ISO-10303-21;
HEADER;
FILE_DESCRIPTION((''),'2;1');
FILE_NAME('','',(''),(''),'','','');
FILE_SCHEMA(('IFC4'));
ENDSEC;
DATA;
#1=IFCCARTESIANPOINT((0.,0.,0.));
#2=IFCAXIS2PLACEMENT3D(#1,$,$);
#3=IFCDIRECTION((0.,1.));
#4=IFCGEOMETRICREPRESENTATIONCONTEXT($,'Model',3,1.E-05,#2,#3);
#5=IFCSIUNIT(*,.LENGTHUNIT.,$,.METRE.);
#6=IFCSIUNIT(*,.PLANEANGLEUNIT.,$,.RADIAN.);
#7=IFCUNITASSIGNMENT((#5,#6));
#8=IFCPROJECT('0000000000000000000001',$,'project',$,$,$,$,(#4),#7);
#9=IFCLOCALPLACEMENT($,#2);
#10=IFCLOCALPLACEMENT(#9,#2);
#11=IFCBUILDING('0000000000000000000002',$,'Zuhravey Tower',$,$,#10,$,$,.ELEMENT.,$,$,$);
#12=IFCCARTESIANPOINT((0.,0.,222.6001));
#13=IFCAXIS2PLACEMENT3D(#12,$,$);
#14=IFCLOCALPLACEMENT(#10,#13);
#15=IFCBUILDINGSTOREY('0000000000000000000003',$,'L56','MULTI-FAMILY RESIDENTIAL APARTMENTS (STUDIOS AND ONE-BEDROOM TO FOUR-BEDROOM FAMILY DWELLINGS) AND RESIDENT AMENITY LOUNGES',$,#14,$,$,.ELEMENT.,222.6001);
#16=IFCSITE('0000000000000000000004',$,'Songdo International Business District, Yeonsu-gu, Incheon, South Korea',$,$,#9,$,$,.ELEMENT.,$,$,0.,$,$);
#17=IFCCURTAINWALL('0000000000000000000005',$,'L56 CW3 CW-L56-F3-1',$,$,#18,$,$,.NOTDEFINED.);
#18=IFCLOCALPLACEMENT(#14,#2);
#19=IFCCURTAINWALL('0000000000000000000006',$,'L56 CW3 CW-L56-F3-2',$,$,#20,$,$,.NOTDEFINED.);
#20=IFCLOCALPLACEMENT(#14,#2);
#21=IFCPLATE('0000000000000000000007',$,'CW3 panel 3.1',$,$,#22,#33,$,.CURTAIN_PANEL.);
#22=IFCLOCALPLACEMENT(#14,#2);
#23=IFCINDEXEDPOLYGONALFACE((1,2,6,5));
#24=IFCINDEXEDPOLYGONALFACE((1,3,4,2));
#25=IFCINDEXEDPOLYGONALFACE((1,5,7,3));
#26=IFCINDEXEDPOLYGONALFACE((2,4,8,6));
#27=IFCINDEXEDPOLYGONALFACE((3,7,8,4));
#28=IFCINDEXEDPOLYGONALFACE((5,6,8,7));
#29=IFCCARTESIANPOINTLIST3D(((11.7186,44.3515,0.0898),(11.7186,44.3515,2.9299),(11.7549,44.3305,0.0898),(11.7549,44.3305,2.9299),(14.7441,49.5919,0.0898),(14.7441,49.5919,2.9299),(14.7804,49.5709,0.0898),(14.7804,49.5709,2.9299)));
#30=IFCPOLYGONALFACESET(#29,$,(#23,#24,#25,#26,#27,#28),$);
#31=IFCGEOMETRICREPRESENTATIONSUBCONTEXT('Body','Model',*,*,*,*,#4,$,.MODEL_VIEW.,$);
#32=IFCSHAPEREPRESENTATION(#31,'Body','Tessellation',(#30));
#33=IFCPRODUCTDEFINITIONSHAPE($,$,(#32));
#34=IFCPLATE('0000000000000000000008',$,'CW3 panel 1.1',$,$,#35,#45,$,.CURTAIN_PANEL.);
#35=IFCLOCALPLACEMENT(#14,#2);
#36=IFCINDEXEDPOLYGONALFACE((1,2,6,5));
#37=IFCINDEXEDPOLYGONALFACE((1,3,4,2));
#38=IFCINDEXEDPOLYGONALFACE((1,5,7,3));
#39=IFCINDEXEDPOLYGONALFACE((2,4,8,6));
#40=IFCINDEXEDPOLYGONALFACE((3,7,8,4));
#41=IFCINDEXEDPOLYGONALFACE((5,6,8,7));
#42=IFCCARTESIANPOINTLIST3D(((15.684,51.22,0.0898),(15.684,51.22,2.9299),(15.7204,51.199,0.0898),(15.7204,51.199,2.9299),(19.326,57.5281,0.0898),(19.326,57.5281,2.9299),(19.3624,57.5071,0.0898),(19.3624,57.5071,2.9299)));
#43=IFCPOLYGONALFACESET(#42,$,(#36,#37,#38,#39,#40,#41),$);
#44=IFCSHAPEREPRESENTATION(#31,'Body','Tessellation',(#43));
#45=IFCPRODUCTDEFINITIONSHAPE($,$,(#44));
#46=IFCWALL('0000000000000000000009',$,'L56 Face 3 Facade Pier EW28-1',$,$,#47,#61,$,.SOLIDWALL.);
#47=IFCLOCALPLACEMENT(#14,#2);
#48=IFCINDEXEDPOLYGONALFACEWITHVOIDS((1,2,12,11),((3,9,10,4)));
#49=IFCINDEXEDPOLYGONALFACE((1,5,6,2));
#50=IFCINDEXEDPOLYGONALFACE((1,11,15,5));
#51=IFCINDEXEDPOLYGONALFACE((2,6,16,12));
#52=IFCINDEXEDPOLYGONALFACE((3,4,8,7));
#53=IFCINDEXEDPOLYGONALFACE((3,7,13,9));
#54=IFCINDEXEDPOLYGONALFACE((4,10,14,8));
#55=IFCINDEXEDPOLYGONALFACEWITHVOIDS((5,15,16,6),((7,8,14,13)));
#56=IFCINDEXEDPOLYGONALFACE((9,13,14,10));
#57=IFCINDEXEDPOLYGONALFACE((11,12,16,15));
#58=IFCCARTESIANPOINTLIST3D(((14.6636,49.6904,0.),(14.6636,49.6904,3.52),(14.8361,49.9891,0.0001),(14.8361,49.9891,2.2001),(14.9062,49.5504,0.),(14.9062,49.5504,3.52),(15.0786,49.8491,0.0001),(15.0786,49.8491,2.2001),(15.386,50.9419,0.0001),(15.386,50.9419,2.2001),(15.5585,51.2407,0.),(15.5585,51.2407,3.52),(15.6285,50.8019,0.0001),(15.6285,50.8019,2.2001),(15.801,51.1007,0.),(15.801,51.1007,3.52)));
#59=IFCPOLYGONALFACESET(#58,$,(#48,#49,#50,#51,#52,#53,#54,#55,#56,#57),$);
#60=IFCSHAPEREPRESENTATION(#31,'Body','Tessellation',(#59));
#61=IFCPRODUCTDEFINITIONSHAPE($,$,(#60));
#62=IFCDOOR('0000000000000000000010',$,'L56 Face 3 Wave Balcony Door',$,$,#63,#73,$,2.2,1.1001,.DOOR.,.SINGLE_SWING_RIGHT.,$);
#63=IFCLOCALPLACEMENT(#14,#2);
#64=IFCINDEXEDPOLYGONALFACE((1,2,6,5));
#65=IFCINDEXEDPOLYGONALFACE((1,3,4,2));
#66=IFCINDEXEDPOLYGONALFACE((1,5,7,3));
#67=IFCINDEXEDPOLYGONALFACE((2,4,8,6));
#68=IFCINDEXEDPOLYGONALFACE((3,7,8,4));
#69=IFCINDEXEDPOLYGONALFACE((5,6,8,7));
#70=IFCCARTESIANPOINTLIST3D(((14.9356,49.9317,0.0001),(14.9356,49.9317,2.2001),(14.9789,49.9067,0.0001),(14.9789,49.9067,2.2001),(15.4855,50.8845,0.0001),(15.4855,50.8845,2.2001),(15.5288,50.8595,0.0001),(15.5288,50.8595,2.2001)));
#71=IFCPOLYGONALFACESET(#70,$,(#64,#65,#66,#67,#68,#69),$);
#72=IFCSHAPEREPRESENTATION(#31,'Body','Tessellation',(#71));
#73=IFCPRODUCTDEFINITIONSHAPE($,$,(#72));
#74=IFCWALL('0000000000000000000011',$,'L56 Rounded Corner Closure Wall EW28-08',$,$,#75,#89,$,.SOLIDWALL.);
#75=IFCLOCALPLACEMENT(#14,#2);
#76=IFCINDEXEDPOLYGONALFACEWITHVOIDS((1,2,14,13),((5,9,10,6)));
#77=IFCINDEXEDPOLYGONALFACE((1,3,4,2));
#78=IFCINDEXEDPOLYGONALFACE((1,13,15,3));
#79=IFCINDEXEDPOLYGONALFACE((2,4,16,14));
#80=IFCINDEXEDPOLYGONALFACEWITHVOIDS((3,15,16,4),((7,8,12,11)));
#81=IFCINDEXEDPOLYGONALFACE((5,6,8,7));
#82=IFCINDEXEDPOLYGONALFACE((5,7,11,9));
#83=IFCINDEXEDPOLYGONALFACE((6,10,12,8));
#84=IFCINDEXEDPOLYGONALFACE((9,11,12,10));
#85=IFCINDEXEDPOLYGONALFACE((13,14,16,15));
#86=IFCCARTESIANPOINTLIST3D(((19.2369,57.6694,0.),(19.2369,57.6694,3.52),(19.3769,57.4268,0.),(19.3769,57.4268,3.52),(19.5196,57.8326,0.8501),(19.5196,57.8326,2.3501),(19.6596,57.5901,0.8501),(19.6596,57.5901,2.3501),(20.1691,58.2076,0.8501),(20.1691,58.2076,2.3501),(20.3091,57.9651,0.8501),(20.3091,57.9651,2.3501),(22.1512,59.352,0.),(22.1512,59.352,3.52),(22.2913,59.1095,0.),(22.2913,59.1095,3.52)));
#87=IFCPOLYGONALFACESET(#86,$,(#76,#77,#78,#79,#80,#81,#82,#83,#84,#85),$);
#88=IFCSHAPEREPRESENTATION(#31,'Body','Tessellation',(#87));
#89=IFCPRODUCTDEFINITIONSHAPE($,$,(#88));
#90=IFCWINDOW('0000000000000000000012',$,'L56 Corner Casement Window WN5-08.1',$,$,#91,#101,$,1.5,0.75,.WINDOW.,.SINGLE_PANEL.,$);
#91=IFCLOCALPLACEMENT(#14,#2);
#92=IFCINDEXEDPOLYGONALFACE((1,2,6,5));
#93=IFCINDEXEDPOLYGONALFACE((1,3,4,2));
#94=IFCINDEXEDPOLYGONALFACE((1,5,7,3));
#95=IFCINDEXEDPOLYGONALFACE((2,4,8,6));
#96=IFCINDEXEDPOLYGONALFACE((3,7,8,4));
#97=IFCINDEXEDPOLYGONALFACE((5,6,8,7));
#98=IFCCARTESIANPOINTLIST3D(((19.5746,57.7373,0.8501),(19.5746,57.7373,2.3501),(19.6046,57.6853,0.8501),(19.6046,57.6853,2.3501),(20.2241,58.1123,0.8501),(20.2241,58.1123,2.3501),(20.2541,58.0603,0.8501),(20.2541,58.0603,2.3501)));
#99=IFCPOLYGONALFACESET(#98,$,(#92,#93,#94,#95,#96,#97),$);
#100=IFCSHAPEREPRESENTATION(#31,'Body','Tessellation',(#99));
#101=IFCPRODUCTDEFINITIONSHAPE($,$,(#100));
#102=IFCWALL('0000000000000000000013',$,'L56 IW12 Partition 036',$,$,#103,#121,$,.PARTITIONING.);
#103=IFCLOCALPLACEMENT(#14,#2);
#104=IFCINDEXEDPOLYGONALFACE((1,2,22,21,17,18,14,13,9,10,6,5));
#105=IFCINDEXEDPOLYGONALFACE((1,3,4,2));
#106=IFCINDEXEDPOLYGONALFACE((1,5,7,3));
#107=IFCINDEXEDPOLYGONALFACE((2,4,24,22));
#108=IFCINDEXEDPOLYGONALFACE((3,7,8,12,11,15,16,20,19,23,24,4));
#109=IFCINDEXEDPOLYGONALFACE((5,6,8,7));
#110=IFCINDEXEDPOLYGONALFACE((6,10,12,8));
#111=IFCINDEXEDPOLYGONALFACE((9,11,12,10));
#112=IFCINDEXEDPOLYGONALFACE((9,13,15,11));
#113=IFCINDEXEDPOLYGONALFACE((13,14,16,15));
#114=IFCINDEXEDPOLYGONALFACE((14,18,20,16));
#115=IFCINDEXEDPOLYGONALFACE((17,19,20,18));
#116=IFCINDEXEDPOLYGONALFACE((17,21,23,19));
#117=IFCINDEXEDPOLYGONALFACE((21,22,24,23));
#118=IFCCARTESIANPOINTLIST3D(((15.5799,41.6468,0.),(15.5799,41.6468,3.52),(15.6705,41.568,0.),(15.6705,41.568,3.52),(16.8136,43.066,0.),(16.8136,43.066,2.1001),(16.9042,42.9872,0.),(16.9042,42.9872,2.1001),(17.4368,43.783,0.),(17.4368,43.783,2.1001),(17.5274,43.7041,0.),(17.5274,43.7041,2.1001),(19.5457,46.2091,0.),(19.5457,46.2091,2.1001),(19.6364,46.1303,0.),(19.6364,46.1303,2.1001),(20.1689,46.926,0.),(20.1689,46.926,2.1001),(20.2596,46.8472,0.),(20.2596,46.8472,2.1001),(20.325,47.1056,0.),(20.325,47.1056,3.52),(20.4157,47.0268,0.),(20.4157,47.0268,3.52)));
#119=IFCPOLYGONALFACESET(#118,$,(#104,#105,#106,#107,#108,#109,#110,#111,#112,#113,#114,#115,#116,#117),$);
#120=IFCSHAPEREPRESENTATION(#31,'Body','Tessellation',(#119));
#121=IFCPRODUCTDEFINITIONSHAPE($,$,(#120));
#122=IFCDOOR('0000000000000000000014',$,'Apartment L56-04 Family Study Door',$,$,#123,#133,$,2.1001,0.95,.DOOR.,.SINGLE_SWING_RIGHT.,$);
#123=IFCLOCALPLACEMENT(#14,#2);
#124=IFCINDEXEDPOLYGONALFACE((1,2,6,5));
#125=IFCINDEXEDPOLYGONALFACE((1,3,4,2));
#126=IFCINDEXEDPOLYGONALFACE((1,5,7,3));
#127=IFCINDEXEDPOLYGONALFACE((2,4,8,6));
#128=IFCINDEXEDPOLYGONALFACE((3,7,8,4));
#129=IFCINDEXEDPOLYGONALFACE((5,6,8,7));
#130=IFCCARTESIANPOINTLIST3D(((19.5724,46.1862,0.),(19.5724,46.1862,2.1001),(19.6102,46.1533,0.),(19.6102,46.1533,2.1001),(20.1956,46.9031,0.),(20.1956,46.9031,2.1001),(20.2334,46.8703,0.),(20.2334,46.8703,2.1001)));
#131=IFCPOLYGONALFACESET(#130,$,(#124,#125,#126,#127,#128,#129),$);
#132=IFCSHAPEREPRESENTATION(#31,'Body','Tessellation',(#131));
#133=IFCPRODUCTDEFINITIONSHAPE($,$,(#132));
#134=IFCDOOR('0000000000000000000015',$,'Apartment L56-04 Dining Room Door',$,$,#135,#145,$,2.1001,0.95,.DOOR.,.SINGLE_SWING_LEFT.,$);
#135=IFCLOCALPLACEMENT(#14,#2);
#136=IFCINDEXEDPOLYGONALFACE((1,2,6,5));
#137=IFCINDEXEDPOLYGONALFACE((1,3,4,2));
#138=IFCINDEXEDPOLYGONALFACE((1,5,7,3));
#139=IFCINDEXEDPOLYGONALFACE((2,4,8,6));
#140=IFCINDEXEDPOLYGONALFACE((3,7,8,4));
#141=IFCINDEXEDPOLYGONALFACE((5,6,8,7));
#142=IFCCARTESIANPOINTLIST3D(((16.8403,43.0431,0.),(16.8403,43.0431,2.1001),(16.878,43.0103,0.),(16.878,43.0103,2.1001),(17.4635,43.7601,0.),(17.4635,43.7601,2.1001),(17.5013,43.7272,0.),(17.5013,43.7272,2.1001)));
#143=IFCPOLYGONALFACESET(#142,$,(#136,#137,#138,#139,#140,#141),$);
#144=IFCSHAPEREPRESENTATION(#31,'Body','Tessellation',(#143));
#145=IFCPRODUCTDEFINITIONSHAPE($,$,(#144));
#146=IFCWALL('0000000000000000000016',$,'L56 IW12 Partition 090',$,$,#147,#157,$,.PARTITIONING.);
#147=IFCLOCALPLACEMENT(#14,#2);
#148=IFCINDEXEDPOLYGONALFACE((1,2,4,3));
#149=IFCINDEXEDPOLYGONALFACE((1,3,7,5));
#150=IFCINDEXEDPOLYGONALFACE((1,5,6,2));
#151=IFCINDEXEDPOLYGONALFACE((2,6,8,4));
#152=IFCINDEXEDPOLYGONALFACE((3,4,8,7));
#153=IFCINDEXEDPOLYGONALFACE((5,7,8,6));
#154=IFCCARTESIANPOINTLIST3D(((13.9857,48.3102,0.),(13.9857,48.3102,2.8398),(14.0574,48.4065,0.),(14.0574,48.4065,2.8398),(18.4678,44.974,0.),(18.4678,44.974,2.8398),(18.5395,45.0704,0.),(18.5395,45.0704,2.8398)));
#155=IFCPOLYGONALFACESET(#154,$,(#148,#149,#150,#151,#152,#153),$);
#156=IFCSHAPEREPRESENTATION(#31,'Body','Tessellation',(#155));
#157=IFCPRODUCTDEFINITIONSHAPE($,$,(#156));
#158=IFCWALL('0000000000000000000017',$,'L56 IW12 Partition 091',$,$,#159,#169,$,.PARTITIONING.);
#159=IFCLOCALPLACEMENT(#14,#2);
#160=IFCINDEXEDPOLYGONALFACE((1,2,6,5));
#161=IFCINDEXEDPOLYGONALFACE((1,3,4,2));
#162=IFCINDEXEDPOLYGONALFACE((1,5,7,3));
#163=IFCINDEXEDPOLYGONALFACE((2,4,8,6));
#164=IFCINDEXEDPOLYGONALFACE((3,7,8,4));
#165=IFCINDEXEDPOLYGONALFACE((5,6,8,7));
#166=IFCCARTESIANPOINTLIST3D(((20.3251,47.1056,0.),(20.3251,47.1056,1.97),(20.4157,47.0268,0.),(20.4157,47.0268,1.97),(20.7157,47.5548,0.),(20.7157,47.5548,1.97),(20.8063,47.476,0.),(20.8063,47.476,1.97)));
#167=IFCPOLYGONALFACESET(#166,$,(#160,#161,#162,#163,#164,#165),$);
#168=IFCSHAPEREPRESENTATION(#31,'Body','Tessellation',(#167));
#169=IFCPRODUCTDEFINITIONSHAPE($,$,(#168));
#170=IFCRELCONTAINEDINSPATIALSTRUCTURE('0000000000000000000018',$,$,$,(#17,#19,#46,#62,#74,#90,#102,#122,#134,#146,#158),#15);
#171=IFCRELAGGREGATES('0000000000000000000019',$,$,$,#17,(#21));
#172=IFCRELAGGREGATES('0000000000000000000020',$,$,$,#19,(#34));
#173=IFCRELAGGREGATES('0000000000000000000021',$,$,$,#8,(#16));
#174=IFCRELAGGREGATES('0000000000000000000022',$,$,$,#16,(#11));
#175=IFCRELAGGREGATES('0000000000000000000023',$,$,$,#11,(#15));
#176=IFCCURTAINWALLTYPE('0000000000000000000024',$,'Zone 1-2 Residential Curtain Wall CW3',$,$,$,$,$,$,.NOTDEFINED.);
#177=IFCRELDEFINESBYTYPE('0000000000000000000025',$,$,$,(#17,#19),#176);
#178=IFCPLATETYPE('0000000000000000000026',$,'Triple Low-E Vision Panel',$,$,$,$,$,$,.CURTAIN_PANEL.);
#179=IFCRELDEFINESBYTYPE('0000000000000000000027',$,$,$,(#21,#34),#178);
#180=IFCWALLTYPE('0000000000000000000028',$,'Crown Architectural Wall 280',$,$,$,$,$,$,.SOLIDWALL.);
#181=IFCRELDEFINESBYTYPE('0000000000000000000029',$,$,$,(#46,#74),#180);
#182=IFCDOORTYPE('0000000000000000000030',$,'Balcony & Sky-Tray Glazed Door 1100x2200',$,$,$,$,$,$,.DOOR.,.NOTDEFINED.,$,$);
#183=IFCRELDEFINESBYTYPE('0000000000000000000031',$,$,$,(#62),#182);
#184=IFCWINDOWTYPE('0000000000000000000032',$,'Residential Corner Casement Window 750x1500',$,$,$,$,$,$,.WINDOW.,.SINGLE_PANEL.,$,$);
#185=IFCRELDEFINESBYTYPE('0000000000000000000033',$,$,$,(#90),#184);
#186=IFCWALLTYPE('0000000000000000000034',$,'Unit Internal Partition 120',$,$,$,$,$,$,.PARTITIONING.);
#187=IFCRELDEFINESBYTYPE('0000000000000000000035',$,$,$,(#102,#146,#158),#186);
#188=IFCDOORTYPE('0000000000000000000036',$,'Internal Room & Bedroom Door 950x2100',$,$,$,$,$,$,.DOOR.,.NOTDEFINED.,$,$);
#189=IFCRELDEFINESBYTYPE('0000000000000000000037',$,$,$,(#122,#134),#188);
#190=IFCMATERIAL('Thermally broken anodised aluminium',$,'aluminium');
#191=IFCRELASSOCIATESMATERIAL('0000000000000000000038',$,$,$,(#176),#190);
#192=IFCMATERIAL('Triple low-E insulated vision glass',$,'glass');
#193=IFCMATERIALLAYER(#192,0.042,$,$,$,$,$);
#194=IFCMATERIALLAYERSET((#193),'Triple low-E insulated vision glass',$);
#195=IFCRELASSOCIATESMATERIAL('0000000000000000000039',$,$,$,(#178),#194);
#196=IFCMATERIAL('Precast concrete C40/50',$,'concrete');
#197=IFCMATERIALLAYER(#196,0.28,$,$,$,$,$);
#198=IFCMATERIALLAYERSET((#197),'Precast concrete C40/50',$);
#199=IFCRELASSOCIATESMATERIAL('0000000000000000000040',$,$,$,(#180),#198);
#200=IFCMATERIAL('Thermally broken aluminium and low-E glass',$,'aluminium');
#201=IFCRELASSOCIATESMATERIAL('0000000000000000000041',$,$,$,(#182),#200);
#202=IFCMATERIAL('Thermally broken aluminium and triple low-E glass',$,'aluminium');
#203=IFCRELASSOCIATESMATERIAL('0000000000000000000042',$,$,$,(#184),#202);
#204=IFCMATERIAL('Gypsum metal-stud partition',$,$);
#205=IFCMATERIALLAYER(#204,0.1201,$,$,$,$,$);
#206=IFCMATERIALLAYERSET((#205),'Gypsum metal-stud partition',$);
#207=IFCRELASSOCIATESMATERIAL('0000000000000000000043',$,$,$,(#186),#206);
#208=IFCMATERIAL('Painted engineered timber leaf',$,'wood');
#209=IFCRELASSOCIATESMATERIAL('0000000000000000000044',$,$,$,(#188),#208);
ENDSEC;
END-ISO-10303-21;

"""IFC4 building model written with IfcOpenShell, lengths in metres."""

from ifc_helpers import new_model, si_unit, direction, frame, frame_2d, origin, origin_2d, place, context, subcontext, project, spatial, rectangle, extrude, material, layer, layer_set, type_object, element, fill, aggregate, save


model = new_model("IFC4")

# Units and contexts
model_context = context("Model", 3, precision=1e-05, world=origin(), true_north=direction((0.0, 1.0)))
body_context = subcontext(model_context, "Body", "Model", "MODEL_VIEW")
ifc_project = project(units=[si_unit("LENGTHUNIT", "METRE"), si_unit("PLANEANGLEUNIT", "RADIAN")], contexts=[model_context])

# Site, building, storey
site_placement = place(None, origin())
site = spatial("IfcSite", under=ifc_project, at=site_placement, Name="Songdo International Business District, Yeonsu-gu, Incheon, South Korea", CompositionType="ELEMENT", RefElevation=0.0)
building_placement = place(site_placement, origin())
building = spatial("IfcBuilding", under=site, at=building_placement, Name="Zuhravey Tower", CompositionType="ELEMENT")
storey_placement = place(building_placement, frame((0.0, 0.0, 222.6001)))
storey = spatial("IfcBuildingStorey", under=building, at=storey_placement, Name="L56", Description="MULTI-FAMILY RESIDENTIAL APARTMENTS (STUDIOS AND ONE-BEDROOM TO FOUR-BEDROOM FAMILY DWELLINGS) AND RESIDENT AMENITY LOUNGES", CompositionType="ELEMENT", Elevation=222.6001)

# Curtain walls
ifc_material_1 = material(Name="Thermally broken anodised aluminium", Category="aluminium")
curtain_wall_type = type_object("IfcCurtainWallType", Name="Zone 1-2 Residential Curtain Wall CW3", PredefinedType="NOTDEFINED", material=ifc_material_1)
curtain_wall_1_placement = place(storey_placement, origin())
curtain_wall_1 = element("IfcCurtainWall", 1, at=curtain_wall_1_placement, inside=storey, type_object=curtain_wall_type, Name="L56 CW3 CW-L56-F3-1", PredefinedType="NOTDEFINED")
curtain_wall_2_placement = place(storey_placement, origin())
curtain_wall_2 = element("IfcCurtainWall", 2, at=curtain_wall_2_placement, inside=storey, type_object=curtain_wall_type, Name="L56 CW3 CW-L56-F3-2", PredefinedType="NOTDEFINED")

# Plates
ifc_material_2 = material(Name="Triple low-E insulated vision glass", Category="glass")
ifc_layer_1 = layer(ifc_material_2, 0.042)
ifc_layer_set_1 = layer_set([ifc_layer_1], Name="Triple low-E insulated vision glass")
plate_type_1 = type_object("IfcPlateType", Name="Triple Low-E Vision Panel", PredefinedType="CURTAIN_PANEL", material=ifc_layer_set_1)
plate_1_placement = place(storey_placement, frame((13.2495, 46.9612, 0.0898), z_axis=(0.0, 0.0, 1.0), x_axis=(0.499999, 0.866026, 0.0)))
plate_1 = element("IfcPlate", 3, at=plate_1_placement, type_object=plate_type_1, Name="CW3 panel 3.1", PredefinedType="CURTAIN_PANEL", context=body_context, shape_type="SweptSolid", body=[
    extrude(rectangle(XDim=6.051, YDim=0.042, at=origin_2d()), origin(), (0.0, 0.0, 1.0), 2.8401),
])
aggregate(curtain_wall_1, [plate_1])
plate_2_placement = place(storey_placement, frame((17.5232, 54.3635, 0.0898), z_axis=(0.0, 0.0, 1.0), x_axis=(0.500001, 0.866025, 0.0)))
plate_2 = element("IfcPlate", 4, at=plate_2_placement, type_object=plate_type_1, Name="CW3 panel 1.1", PredefinedType="CURTAIN_PANEL", context=body_context, shape_type="SweptSolid", body=[
    extrude(rectangle(XDim=7.2839, YDim=0.042, at=origin_2d()), origin(), (0.0, 0.0, 1.0), 2.8401),
])
aggregate(curtain_wall_2, [plate_2])

# Wall, opening, door
ifc_material_3 = material(Name="Precast concrete C40/50", Category="concrete")
ifc_layer_2 = layer(ifc_material_3, 0.28)
ifc_layer_set_2 = layer_set([ifc_layer_2], Name="Precast concrete C40/50")
wall_type_1 = type_object("IfcWallType", Name="Crown Architectural Wall 280", PredefinedType="SOLIDWALL", material=ifc_layer_set_2)
wall_1_placement = place(storey_placement, frame((14.7849, 49.6204, 0.0), z_axis=(0.0, 0.0, 1.0), x_axis=(0.49988, 0.866095, 0.0)))
wall_1 = element("IfcWall", 5, at=wall_1_placement, inside=storey, type_object=wall_type_1, Name="L56 Face 3 Facade Pier EW28-1", PredefinedType="SOLIDWALL", context=body_context, shape_type="SweptSolid", body=[
    extrude(rectangle(XDim=1.79, YDim=0.28, at=frame_2d((0.895, 0.0))), origin(), (0.0, 0.0, 1.0), 3.52),
])
opening_1_placement = place(wall_1_placement, frame((0.345, 0.0, 0.0)))
opening_1 = element("IfcOpeningElement", 6, at=opening_1_placement, cuts=wall_1, PredefinedType="OPENING", context=body_context, shape_type="SweptSolid", body=[
    extrude(rectangle(XDim=1.1001, YDim=2.2, at=frame_2d((0.55, 1.1001))), frame((0.0, 0.1521, 0.0), z_axis=(0.0, -1.0, 0.0), x_axis=(1.0, 0.0, 0.0)), (0.0, 0.0, 1.0), 0.304),
])
ifc_material_4 = material(Name="Thermally broken aluminium and low-E glass", Category="aluminium")
door_type_1 = type_object("IfcDoorType", Name="Balcony & Sky-Tray Glazed Door 1100x2200", OperationType="NOTDEFINED", PredefinedType="DOOR", material=ifc_material_4)
door_1_placement = place(opening_1_placement, frame((1.1001, 0.0, 0.0), z_axis=(0.0, 0.0, 1.0), x_axis=(-1.0, 0.0, 0.0)))
door_1 = element("IfcDoor", 7, at=door_1_placement, inside=storey, type_object=door_type_1, Name="L56 Face 3 Wave Balcony Door", OperationType="SINGLE_SWING_RIGHT", OverallHeight=2.2, OverallWidth=1.1001, PredefinedType="DOOR", context=body_context, shape_type="SweptSolid", body=[
    extrude(rectangle(XDim=1.1001, YDim=2.2, at=frame_2d((0.55, 1.1001))), frame((0.0, 0.0249, 0.0), z_axis=(0.0, -1.0, 0.0), x_axis=(1.0, 0.0, 0.0)), (0.0, 0.0, 1.0), 0.05),
])
fill(opening_1, door_1)

# Wall, opening, window
wall_2_placement = place(storey_placement, frame((19.3069, 57.5481, 0.0), z_axis=(0.0, 0.0, 1.0), x_axis=(0.86602, 0.500009, 0.0)))
wall_2 = element("IfcWall", 8, at=wall_2_placement, inside=storey, type_object=wall_type_1, Name="L56 Rounded Corner Closure Wall EW28-08", PredefinedType="SOLIDWALL", context=body_context, shape_type="SweptSolid", body=[
    extrude(rectangle(XDim=3.3652, YDim=0.28, at=frame_2d((1.6826, 0.0))), origin(), (0.0, 0.0, 1.0), 3.52),
])
opening_2_placement = place(wall_2_placement, frame((0.3264, 0.0, 0.8501)))
opening_2 = element("IfcOpeningElement", 9, at=opening_2_placement, cuts=wall_2, PredefinedType="OPENING", context=body_context, shape_type="SweptSolid", body=[
    extrude(rectangle(XDim=0.75, YDim=1.5, at=frame_2d((0.375, 0.75))), frame((0.0, 0.1521, 0.0), z_axis=(0.0, -1.0, 0.0), x_axis=(1.0, 0.0, 0.0)), (0.0, 0.0, 1.0), 0.304),
])
ifc_material_5 = material(Name="Thermally broken aluminium and triple low-E glass", Category="aluminium")
window_type = type_object("IfcWindowType", Name="Residential Corner Casement Window 750x1500", PartitioningType="SINGLE_PANEL", PredefinedType="WINDOW", material=ifc_material_5)
window_placement = place(opening_2_placement, origin())
window = element("IfcWindow", 10, at=window_placement, inside=storey, type_object=window_type, Name="L56 Corner Casement Window WN5-08.1", OverallHeight=1.5, OverallWidth=0.75, PartitioningType="SINGLE_PANEL", PredefinedType="WINDOW", context=body_context, shape_type="SweptSolid", body=[
    extrude(rectangle(XDim=0.75, YDim=1.5, at=frame_2d((0.375, 0.75))), frame((0.0, 0.03, 0.0), z_axis=(0.0, -1.0, 0.0), x_axis=(1.0, 0.0, 0.0)), (0.0, 0.0, 1.0), 0.0601),
])
fill(opening_2, window)

# Wall, openings, doors
ifc_material_6 = material(Name="Gypsum metal-stud partition")
ifc_layer_3 = layer(ifc_material_6, 0.1201)
ifc_layer_set_3 = layer_set([ifc_layer_3], Name="Gypsum metal-stud partition")
wall_type_2 = type_object("IfcWallType", Name="Unit Internal Partition 120", PredefinedType="PARTITIONING", material=ifc_layer_set_3)
wall_3_placement = place(storey_placement, frame((20.3704, 47.0662, 0.0), z_axis=(0.0, 0.0, 1.0), x_axis=(-0.656052, -0.754716, 0.0)))
wall_3 = element("IfcWall", 11, at=wall_3_placement, inside=storey, type_object=wall_type_2, Name="L56 IW12 Partition 036", PredefinedType="PARTITIONING", context=body_context, shape_type="SweptSolid", body=[
    extrude(rectangle(XDim=7.2329, YDim=0.1201, at=frame_2d((3.6165, 0.0))), origin(), (0.0, 0.0, 1.0), 3.52),
])
opening_3_placement = place(wall_3_placement, frame((0.2378, 0.0, 0.0)))
opening_3 = element("IfcOpeningElement", 12, at=opening_3_placement, cuts=wall_3, PredefinedType="OPENING", context=body_context, shape_type="SweptSolid", body=[
    extrude(rectangle(XDim=0.95, YDim=2.1001, at=frame_2d((0.4751, 1.05))), frame((0.0, 0.072, 0.0), z_axis=(0.0, -1.0, 0.0), x_axis=(1.0, 0.0, 0.0)), (0.0, 0.0, 1.0), 0.144),
])
opening_4_placement = place(wall_3_placement, frame((4.4023, 0.0, 0.0)))
opening_4 = element("IfcOpeningElement", 13, at=opening_4_placement, cuts=wall_3, PredefinedType="OPENING", context=body_context, shape_type="SweptSolid", body=[
    extrude(rectangle(XDim=0.95, YDim=2.1001, at=frame_2d((0.4751, 1.05))), frame((0.0, 0.072, 0.0), z_axis=(0.0, -1.0, 0.0), x_axis=(1.0, 0.0, 0.0)), (0.0, 0.0, 1.0), 0.144),
])
ifc_material_7 = material(Name="Painted engineered timber leaf", Category="wood")
door_type_2 = type_object("IfcDoorType", Name="Internal Room & Bedroom Door 950x2100", OperationType="NOTDEFINED", PredefinedType="DOOR", material=ifc_material_7)
door_2_placement = place(opening_3_placement, frame((0.95, 0.0, 0.0), z_axis=(0.0, 0.0, 1.0), x_axis=(-1.0, 0.0, 0.0)))
door_2 = element("IfcDoor", 14, at=door_2_placement, inside=storey, type_object=door_type_2, Name="Apartment L56-04 Family Study Door", OperationType="SINGLE_SWING_RIGHT", OverallHeight=2.1001, OverallWidth=0.95, PredefinedType="DOOR", context=body_context, shape_type="SweptSolid", body=[
    extrude(rectangle(XDim=0.95, YDim=2.1001, at=frame_2d((0.4751, 1.05))), frame((0.0, 0.0249, 0.0), z_axis=(0.0, -1.0, 0.0), x_axis=(1.0, 0.0, 0.0)), (0.0, 0.0, 1.0), 0.05),
])
fill(opening_3, door_2)
door_3_placement = place(opening_4_placement, frame((0.95, 0.0, 0.0), z_axis=(0.0, 0.0, 1.0), x_axis=(-1.0, 0.0, 0.0)))
door_3 = element("IfcDoor", 15, at=door_3_placement, inside=storey, type_object=door_type_2, Name="Apartment L56-04 Dining Room Door", OperationType="SINGLE_SWING_LEFT", OverallHeight=2.1001, OverallWidth=0.95, PredefinedType="DOOR", context=body_context, shape_type="SweptSolid", body=[
    extrude(rectangle(XDim=0.95, YDim=2.1001, at=frame_2d((0.4751, 1.05))), frame((0.0, 0.0249, 0.0), z_axis=(0.0, -1.0, 0.0), x_axis=(1.0, 0.0, 0.0)), (0.0, 0.0, 1.0), 0.05),
])
fill(opening_4, door_3)

# Walls
wall_4_placement = place(storey_placement, frame((18.5037, 45.0222, 0.0), z_axis=(0.0, 0.0, 1.0), x_axis=(-0.802181, 0.597081, 0.0)))
element("IfcWall", 16, at=wall_4_placement, inside=storey, type_object=wall_type_2, Name="L56 IW12 Partition 090", PredefinedType="PARTITIONING", context=body_context, shape_type="SweptSolid", body=[
    extrude(rectangle(XDim=5.5874, YDim=0.1201, at=frame_2d((2.7937, 0.0))), origin(), (0.0, 0.0, 1.0), 2.8398),
])
wall_5_placement = place(storey_placement, frame((20.761, 47.5154, 0.0), z_axis=(0.0, 0.0, 1.0), x_axis=(-0.656179, -0.754606, 0.0)))
element("IfcWall", 17, at=wall_5_placement, inside=storey, type_object=wall_type_2, Name="L56 IW12 Partition 091", PredefinedType="PARTITIONING", context=body_context, shape_type="SweptSolid", body=[
    extrude(rectangle(XDim=0.5952, YDim=0.1201, at=frame_2d((0.2976, 0.0))), origin(), (0.0, 0.0, 1.0), 1.97),
])

save(model, "model.ifc")
